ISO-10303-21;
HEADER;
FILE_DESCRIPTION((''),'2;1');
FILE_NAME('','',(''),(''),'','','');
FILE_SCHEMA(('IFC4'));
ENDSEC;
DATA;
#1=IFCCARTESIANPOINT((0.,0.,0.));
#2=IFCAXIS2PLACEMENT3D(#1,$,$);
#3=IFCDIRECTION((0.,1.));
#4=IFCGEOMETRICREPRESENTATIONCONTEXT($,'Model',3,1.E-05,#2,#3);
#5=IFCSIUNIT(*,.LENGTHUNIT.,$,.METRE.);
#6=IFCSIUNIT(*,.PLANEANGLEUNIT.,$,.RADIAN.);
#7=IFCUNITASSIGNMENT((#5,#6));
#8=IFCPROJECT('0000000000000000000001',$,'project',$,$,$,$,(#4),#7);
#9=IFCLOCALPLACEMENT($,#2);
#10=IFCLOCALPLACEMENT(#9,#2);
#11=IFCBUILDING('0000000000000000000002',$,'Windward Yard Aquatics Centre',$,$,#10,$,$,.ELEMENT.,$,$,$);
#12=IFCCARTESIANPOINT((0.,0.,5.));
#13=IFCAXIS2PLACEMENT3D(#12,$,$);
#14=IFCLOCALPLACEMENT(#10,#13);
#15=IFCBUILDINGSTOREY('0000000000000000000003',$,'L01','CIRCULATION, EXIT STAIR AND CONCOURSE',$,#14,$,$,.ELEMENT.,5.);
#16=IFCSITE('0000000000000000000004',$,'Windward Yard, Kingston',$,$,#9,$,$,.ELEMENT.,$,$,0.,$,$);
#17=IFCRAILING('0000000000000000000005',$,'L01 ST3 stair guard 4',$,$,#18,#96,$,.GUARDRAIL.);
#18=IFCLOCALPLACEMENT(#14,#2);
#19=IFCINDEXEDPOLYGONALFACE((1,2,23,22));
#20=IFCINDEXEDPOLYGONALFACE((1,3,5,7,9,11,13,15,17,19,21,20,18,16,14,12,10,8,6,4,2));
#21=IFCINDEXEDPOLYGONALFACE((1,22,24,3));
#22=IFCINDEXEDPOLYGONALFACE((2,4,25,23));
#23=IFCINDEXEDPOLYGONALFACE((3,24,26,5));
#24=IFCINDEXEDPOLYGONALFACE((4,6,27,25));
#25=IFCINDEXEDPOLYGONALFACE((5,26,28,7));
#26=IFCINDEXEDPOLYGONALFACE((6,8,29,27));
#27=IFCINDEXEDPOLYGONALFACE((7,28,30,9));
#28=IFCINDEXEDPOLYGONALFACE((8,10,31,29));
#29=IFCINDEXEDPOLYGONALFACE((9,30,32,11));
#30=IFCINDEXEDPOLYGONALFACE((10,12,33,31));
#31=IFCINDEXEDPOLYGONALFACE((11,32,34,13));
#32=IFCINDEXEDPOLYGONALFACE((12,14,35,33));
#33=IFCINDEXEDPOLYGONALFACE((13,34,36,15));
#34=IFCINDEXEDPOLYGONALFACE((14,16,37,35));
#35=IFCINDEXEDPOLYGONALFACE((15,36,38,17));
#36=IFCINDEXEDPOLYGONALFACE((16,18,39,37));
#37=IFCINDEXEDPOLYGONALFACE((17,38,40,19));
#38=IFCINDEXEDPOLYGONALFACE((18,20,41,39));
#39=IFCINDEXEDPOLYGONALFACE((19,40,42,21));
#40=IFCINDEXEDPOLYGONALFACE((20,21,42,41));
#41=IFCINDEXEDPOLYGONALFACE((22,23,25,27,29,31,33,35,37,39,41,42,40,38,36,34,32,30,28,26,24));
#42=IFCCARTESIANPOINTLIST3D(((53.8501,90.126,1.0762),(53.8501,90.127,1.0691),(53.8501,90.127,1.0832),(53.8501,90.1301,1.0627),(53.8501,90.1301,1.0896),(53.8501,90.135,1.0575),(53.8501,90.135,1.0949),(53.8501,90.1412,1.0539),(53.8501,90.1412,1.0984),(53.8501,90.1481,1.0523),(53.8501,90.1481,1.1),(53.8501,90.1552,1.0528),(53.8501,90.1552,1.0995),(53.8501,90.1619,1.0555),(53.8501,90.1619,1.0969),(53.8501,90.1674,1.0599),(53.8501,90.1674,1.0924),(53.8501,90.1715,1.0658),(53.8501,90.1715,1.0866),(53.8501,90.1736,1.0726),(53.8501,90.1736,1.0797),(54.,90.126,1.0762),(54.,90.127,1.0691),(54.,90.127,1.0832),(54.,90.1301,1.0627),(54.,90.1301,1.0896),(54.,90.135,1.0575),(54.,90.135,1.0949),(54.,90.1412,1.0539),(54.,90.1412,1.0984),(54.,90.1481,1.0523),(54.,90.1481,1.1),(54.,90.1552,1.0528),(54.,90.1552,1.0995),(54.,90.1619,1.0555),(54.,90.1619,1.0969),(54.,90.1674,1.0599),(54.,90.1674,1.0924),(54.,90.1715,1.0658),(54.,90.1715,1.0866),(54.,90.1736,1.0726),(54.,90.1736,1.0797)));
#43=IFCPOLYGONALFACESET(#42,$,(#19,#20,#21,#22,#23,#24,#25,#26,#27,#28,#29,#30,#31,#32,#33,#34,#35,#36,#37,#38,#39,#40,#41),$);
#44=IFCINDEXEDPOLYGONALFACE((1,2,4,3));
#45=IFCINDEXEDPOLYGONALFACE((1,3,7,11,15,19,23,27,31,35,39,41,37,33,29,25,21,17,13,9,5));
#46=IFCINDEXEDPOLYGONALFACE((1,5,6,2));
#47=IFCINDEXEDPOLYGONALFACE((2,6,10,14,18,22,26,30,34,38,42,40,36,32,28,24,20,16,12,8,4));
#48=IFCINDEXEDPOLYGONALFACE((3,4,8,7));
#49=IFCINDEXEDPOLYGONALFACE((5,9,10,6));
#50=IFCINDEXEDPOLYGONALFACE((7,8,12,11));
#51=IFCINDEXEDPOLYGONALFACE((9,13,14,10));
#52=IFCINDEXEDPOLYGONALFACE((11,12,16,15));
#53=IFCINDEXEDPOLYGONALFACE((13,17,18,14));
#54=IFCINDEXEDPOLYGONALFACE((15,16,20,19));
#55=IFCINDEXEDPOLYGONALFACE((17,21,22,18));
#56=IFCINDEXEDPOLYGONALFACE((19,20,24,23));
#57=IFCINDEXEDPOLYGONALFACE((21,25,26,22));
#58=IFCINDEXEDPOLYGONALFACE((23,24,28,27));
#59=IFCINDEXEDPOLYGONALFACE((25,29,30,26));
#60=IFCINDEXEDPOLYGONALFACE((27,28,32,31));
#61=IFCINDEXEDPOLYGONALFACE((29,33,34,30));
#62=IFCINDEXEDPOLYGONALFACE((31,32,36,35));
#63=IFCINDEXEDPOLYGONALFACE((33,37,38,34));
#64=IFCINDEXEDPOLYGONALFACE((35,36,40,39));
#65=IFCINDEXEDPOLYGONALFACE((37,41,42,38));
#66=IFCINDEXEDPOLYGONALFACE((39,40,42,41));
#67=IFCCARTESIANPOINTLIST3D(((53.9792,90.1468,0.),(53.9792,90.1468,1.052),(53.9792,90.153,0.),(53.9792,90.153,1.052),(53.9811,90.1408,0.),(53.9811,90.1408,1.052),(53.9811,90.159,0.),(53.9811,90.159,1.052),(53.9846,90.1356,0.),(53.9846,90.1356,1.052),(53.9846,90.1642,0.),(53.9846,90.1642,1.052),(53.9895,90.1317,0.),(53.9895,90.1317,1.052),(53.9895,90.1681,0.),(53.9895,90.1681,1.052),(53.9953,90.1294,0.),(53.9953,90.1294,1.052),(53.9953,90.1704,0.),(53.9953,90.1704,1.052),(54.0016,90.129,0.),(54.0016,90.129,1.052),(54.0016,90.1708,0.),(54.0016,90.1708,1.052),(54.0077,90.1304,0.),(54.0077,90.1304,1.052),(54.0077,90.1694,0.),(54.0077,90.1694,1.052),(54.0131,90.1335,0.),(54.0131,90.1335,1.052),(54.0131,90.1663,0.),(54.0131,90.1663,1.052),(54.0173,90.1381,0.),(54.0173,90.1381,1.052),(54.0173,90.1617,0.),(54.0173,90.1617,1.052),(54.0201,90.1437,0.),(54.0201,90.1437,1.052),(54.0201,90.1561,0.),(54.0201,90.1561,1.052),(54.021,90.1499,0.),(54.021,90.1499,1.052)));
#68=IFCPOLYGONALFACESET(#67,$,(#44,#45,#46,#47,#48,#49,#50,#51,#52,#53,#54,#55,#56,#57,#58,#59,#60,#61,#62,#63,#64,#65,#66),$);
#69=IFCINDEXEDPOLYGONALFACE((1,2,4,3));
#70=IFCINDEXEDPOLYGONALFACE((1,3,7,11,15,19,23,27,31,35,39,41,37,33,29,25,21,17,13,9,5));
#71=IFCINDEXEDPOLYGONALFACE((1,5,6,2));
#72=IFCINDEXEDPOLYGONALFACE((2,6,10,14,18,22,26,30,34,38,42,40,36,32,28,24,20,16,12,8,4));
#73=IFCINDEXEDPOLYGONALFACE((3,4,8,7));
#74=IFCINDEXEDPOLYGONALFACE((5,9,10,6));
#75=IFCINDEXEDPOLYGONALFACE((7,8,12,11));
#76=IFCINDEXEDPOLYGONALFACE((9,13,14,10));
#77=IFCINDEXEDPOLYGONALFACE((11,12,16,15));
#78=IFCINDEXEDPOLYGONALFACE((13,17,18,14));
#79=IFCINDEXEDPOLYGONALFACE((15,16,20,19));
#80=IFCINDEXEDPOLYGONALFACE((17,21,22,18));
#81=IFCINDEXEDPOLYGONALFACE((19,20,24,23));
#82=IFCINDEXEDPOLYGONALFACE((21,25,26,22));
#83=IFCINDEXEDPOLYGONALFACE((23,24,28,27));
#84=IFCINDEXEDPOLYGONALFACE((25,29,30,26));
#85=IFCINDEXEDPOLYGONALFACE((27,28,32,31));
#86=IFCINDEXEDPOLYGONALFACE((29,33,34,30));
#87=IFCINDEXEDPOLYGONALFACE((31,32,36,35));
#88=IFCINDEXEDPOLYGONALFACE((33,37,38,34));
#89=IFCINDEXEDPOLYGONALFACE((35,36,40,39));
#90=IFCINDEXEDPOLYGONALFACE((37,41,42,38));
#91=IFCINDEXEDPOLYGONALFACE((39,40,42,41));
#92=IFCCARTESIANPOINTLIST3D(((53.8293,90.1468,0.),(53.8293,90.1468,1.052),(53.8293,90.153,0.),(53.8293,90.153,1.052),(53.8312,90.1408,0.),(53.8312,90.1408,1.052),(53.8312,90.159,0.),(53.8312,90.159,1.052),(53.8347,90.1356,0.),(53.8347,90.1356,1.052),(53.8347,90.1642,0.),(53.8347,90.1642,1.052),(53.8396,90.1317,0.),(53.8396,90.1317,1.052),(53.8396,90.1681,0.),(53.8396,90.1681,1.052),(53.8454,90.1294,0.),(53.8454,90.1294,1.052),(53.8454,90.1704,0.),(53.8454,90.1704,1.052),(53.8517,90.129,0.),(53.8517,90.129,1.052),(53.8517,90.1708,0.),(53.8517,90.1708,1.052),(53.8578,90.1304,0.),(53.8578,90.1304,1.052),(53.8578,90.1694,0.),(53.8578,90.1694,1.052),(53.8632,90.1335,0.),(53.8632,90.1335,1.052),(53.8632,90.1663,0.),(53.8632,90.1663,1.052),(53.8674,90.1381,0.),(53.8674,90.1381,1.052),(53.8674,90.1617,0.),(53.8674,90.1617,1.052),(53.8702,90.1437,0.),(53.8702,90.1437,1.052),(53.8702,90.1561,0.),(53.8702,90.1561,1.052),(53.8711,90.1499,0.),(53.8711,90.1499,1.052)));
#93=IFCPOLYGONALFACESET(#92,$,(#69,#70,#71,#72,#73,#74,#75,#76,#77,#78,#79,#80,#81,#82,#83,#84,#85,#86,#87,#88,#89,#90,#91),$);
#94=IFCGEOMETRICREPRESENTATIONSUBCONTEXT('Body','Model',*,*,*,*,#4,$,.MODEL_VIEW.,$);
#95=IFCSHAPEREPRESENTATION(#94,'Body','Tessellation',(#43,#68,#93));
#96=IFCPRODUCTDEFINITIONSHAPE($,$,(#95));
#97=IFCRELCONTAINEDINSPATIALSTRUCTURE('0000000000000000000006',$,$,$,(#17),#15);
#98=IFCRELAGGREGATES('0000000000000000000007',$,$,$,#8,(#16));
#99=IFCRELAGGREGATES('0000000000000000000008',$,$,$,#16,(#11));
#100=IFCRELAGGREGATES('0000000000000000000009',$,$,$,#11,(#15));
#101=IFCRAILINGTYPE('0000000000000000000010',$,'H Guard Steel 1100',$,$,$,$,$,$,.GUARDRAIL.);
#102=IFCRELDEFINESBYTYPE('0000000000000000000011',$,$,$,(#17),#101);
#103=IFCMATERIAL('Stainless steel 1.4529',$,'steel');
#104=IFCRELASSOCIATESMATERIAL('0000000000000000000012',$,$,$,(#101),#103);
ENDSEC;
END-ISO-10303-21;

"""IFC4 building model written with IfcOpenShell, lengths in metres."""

from ifc_helpers import new_model, si_unit, direction, frame, origin, origin_2d, place, context, subcontext, project, spatial, circle, extrude, material, type_object, element, save


model = new_model("IFC4")

# Units and contexts
model_context = context("Model", 3, precision=1e-05, world=origin(), true_north=direction((0.0, 1.0)))
body_context = subcontext(model_context, "Body", "Model", "MODEL_VIEW")
ifc_project = project(units=[si_unit("LENGTHUNIT", "METRE"), si_unit("PLANEANGLEUNIT", "RADIAN")], contexts=[model_context])

# Site, building, storey
site_placement = place(None, origin())
site = spatial("IfcSite", under=ifc_project, at=site_placement, Name="Windward Yard, Kingston", CompositionType="ELEMENT", RefElevation=0.0)
building_placement = place(site_placement, origin())
building = spatial("IfcBuilding", under=site, at=building_placement, Name="Windward Yard Aquatics Centre", CompositionType="ELEMENT")
storey_placement = place(building_placement, frame((0.0, 0.0, 5.0)))
storey = spatial("IfcBuildingStorey", under=building, at=storey_placement, Name="L01", Description="CIRCULATION, EXIT STAIR AND CONCOURSE", CompositionType="ELEMENT", Elevation=5.0)

# Railing
ifc_material_1 = material(Name="Stainless steel 1.4529", Category="steel")
railing_type_1 = type_object("IfcRailingType", Name="H Guard Steel 1100", PredefinedType="GUARDRAIL", material=ifc_material_1)
railing_1_placement = place(storey_placement, frame((54.0, 90.1499, 0.0)))
element("IfcRailing", 1, at=railing_1_placement, inside=storey, type_object=railing_type_1, Name="L01 ST3 stair guard 4", PredefinedType="GUARDRAIL", context=body_context, shape_type="SweptSolid", body=[
    extrude(circle(Radius=0.0239, at=origin_2d()), frame((0.0, 0.0, 1.0762), z_axis=(-1.0, 0.0, 0.0), x_axis=(0.0, -1.0, 0.0)), (0.0, 0.0, 1.0), 0.1499),
    extrude(circle(Radius=0.021, at=origin_2d()), origin(), (0.0, 0.0, 1.0), 1.052),
    extrude(circle(Radius=0.021, at=origin_2d()), frame((-0.1499, 0.0, 0.0)), (0.0, 0.0, 1.0), 1.052),
])

save(model, "model.ifc")
